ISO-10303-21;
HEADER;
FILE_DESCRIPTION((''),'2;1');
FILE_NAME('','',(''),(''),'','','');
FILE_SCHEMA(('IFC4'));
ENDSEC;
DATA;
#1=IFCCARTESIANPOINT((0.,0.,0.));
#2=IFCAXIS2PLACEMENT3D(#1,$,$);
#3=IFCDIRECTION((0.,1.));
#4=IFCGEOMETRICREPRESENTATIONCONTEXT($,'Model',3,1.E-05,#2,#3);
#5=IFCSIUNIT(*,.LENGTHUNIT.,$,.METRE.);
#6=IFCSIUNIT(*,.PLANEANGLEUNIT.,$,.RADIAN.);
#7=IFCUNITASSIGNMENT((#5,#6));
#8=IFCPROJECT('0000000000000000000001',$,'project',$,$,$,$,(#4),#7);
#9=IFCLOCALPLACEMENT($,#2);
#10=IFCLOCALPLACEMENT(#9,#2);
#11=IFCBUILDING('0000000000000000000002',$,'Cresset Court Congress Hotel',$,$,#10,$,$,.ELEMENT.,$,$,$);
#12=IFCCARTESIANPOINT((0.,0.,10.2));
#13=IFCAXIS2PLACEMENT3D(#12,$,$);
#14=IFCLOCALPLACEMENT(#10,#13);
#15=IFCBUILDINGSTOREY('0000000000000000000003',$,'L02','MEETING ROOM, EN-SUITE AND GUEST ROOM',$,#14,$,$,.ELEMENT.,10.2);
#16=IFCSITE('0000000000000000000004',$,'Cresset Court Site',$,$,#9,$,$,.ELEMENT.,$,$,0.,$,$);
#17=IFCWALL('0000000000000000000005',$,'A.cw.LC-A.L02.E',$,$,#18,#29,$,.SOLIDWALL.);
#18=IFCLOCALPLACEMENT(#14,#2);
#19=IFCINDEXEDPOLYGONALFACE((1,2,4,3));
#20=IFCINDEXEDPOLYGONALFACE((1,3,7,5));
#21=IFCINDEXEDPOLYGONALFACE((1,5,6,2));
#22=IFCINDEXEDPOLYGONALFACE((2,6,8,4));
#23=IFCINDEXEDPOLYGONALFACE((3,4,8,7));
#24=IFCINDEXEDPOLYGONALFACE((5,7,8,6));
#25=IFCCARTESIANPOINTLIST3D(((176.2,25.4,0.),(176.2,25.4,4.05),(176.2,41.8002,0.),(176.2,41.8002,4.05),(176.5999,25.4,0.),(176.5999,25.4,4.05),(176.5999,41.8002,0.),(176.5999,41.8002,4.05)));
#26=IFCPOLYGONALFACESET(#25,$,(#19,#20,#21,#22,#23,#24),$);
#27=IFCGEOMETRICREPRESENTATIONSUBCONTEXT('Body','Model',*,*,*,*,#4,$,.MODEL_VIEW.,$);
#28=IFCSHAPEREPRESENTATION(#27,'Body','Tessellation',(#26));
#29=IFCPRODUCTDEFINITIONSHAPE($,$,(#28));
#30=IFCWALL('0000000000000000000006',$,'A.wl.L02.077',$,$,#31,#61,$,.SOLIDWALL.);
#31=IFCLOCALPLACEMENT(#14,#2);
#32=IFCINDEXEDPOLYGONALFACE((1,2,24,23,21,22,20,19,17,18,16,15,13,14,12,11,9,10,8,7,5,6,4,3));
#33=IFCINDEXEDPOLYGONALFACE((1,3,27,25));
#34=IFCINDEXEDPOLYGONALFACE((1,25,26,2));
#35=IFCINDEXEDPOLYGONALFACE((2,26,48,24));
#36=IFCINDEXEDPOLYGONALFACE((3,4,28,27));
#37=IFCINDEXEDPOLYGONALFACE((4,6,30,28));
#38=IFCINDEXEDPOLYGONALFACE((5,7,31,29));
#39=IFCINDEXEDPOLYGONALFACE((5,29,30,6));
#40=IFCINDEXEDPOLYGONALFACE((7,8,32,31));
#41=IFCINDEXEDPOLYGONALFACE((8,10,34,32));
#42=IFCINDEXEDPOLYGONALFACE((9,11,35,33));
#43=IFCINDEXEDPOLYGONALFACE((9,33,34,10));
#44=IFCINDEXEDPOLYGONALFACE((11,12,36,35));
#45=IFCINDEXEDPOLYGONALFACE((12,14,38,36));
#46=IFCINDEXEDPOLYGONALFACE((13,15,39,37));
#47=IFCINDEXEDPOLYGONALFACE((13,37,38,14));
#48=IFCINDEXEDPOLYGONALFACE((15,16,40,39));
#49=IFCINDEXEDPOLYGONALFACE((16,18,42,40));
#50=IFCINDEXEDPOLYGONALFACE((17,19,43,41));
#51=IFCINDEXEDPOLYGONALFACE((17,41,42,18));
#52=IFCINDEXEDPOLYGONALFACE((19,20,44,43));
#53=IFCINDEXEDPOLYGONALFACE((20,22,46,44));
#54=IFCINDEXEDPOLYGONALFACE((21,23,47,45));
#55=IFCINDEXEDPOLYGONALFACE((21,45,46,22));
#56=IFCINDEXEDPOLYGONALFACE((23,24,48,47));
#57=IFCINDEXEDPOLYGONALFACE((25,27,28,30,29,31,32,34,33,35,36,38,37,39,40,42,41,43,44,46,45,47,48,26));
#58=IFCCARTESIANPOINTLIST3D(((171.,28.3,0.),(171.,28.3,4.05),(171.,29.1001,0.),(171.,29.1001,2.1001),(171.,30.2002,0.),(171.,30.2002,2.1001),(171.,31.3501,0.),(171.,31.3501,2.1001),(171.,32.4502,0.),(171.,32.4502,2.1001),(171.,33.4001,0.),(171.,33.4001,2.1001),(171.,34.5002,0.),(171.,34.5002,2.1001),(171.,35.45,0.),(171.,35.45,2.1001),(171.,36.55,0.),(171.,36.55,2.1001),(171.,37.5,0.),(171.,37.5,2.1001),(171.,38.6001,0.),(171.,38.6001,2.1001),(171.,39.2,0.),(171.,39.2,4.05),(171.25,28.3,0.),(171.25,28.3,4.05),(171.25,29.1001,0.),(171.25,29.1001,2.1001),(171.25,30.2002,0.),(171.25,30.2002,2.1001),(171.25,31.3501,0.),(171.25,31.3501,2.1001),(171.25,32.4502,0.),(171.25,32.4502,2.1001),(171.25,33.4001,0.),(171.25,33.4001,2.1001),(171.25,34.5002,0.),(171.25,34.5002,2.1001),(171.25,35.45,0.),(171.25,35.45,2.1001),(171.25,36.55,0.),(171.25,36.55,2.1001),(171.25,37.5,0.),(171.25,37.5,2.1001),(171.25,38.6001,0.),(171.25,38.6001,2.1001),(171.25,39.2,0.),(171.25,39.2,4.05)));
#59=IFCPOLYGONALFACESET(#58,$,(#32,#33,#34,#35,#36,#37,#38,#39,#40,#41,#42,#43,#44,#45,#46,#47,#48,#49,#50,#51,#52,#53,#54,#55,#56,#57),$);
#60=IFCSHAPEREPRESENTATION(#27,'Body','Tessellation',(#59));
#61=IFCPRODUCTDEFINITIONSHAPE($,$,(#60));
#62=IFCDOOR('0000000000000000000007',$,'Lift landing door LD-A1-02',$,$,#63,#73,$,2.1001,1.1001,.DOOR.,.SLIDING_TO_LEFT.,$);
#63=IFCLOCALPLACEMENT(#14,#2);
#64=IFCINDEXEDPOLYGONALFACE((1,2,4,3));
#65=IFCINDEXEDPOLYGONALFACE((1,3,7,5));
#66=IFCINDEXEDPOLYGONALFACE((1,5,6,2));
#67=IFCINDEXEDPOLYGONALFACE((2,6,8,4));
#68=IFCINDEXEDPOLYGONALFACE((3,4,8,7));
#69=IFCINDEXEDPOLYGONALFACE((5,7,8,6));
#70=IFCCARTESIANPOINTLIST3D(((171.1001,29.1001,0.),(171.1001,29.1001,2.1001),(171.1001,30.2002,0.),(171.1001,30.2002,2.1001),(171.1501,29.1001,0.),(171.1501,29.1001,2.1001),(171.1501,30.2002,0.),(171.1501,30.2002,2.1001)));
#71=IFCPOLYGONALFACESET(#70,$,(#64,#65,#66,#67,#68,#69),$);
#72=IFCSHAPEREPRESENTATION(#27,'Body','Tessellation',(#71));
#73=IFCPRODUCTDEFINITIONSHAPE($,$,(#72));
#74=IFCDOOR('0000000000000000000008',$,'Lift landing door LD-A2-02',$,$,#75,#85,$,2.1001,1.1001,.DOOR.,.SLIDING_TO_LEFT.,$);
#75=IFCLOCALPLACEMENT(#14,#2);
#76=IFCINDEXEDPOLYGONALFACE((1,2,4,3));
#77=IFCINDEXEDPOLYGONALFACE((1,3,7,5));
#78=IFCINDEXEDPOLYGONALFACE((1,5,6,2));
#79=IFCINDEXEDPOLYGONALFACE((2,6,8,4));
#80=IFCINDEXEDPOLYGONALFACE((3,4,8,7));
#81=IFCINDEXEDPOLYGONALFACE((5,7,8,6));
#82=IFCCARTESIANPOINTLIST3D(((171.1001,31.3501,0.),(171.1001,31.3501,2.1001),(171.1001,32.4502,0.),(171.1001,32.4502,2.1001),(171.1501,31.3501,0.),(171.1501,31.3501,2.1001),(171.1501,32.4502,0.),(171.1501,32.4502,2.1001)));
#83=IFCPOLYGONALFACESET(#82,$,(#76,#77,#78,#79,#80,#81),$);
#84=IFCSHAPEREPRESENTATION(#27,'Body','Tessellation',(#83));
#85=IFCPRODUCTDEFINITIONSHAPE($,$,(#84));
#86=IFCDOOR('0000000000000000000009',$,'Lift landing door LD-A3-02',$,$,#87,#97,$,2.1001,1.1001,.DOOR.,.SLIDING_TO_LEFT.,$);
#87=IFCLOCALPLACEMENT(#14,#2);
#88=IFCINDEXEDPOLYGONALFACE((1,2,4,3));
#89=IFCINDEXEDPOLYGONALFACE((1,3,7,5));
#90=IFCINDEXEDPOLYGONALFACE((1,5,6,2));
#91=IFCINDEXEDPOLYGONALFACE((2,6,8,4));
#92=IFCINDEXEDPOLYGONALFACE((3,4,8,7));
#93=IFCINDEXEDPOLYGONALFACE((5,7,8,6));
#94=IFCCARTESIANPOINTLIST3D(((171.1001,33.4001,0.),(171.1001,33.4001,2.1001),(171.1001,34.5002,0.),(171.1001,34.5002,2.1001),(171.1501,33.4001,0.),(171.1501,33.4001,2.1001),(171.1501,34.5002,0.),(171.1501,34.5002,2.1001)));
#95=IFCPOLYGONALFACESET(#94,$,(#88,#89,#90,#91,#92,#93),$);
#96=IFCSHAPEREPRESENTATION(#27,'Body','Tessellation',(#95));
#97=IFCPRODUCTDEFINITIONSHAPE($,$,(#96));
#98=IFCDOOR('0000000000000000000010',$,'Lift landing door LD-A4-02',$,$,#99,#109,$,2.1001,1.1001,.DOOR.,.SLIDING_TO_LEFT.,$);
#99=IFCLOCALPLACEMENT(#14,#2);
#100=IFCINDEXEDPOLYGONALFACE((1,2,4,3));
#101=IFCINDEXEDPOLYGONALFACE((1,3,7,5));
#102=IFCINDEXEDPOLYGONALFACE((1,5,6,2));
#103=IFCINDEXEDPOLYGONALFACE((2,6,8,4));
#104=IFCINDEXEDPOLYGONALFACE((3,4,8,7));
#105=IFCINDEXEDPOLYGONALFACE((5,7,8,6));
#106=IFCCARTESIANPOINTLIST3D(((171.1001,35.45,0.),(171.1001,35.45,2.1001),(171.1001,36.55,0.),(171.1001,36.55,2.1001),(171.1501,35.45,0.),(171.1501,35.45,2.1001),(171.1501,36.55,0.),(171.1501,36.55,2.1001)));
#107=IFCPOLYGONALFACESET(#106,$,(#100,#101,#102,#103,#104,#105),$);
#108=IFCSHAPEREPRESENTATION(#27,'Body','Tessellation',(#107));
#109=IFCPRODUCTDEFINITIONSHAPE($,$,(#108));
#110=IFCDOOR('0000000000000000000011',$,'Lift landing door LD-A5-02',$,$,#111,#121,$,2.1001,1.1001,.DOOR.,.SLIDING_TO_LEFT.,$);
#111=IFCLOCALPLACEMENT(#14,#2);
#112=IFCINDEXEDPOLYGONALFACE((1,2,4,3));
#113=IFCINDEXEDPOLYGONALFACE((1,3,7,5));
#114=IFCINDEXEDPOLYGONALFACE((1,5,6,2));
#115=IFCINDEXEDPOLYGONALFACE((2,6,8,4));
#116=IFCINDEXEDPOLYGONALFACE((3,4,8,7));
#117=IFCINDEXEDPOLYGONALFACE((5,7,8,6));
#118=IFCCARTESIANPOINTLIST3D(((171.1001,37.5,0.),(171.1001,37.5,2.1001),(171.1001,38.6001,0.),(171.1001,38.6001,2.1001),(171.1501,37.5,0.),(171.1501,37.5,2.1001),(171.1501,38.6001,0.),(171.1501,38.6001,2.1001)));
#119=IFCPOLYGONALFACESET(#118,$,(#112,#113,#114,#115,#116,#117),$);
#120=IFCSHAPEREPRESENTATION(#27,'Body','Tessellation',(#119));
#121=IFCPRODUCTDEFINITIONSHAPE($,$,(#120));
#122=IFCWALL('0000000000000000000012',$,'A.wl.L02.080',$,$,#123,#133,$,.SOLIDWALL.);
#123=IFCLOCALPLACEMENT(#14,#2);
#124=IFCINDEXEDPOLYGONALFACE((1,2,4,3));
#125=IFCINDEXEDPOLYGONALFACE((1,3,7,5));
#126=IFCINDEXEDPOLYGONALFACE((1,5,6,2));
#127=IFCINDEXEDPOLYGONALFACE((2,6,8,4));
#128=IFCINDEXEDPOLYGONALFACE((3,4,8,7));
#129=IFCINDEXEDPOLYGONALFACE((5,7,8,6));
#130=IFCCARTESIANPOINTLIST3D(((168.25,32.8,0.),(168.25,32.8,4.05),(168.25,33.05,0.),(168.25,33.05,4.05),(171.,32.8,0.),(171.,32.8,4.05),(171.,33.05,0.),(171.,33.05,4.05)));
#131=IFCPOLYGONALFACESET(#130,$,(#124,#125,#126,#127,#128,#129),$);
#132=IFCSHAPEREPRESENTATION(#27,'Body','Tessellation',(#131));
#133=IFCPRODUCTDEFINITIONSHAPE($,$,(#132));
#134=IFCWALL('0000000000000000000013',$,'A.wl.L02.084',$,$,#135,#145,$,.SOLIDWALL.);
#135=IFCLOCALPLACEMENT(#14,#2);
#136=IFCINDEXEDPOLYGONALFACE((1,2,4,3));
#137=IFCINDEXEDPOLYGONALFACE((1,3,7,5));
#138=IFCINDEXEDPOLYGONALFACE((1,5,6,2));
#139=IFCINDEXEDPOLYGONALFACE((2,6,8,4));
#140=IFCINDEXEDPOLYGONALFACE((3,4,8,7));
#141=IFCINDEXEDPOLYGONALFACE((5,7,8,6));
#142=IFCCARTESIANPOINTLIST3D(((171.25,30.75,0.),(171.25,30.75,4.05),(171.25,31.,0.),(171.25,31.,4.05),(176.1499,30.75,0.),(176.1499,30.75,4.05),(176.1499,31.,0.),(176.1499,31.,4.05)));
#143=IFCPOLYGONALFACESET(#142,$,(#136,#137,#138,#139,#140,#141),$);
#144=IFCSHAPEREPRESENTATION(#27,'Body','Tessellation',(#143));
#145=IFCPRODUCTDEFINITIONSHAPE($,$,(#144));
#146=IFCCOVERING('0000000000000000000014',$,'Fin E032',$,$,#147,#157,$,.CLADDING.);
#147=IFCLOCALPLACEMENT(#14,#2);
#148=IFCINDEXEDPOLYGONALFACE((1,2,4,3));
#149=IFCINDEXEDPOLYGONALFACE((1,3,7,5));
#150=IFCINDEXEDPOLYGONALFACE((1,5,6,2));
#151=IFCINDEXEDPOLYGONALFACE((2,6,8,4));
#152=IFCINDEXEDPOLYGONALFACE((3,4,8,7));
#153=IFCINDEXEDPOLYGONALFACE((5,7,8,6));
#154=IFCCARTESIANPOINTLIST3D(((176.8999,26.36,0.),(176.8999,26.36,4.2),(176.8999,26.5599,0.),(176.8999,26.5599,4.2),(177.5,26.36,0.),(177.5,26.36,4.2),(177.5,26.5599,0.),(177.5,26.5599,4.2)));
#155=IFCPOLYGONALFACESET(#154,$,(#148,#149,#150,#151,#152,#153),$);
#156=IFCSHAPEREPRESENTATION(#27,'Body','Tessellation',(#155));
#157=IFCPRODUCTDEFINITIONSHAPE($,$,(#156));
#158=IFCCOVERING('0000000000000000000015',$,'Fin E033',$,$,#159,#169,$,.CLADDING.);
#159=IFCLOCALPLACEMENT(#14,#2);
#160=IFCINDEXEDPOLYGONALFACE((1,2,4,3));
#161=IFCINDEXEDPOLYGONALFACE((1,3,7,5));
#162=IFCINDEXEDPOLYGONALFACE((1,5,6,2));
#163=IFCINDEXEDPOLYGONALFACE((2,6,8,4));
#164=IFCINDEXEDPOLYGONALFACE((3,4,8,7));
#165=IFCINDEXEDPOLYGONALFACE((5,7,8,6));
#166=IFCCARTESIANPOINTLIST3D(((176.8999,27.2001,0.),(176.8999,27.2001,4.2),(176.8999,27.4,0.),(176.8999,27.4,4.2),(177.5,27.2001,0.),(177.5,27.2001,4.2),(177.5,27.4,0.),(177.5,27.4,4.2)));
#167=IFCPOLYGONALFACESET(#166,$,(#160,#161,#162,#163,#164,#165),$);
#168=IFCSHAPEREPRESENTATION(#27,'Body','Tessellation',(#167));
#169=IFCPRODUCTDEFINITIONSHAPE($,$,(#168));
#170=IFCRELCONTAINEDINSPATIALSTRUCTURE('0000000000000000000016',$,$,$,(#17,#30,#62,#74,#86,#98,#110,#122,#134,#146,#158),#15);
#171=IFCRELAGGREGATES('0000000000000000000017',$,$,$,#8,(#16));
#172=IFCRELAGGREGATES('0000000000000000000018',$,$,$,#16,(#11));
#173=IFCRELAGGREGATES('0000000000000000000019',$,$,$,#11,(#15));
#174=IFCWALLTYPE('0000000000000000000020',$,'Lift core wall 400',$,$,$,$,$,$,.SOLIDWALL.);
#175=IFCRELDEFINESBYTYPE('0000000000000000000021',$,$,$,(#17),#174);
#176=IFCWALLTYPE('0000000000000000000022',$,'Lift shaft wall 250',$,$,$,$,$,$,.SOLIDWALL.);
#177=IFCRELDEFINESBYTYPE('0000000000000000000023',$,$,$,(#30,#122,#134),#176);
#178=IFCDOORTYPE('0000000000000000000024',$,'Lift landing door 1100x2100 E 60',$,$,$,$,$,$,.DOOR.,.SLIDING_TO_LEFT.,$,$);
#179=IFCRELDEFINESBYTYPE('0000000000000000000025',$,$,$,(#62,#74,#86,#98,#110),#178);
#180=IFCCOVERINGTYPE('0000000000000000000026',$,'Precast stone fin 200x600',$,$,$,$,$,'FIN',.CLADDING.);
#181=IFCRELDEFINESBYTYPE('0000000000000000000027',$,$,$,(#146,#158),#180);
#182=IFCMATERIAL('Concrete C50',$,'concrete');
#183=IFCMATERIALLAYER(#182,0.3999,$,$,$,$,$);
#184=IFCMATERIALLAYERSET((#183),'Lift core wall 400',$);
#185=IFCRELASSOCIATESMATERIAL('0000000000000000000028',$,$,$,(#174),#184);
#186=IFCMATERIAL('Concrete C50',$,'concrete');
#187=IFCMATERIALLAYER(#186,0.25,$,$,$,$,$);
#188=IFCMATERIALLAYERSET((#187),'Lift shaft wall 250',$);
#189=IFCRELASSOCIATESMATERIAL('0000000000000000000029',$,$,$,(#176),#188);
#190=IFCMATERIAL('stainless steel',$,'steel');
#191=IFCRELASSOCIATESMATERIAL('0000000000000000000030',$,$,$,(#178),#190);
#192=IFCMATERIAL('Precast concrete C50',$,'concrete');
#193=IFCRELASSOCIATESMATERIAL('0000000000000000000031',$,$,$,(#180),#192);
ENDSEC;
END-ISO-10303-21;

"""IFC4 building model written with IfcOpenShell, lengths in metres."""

from ifc_helpers import new_model, si_unit, direction, frame, frame_2d, origin, origin_2d, place, context, subcontext, project, spatial, rectangle, extrude, material, layer, layer_set, type_object, element, fill, save


model = new_model("IFC4")

# Units and contexts
model_context = context("Model", 3, precision=1e-05, world=origin(), true_north=direction((0.0, 1.0)))
body_context = subcontext(model_context, "Body", "Model", "MODEL_VIEW")
ifc_project = project(units=[si_unit("LENGTHUNIT", "METRE"), si_unit("PLANEANGLEUNIT", "RADIAN")], contexts=[model_context])

# Site, building, storey
site_placement = place(None, origin())
site = spatial("IfcSite", under=ifc_project, at=site_placement, Name="Cresset Court Site", CompositionType="ELEMENT", RefElevation=0.0)
building_placement = place(site_placement, origin())
building = spatial("IfcBuilding", under=site, at=building_placement, Name="Cresset Court Congress Hotel", CompositionType="ELEMENT")
storey_placement = place(building_placement, frame((0.0, 0.0, 10.2)))
storey = spatial("IfcBuildingStorey", under=building, at=storey_placement, Name="L02", Description="MEETING ROOM, EN-SUITE AND GUEST ROOM", CompositionType="ELEMENT", Elevation=10.2)

# Wall
ifc_material_1 = material(Name="Concrete C50", Category="concrete")
ifc_layer_1 = layer(ifc_material_1, 0.3999)
ifc_layer_set_1 = layer_set([ifc_layer_1], Name="Lift core wall 400")
wall_type_1 = type_object("IfcWallType", Name="Lift core wall 400", PredefinedType="SOLIDWALL", material=ifc_layer_set_1)
wall_1_placement = place(storey_placement, frame((176.3999, 25.3999, 0.0), z_axis=(0.0, 0.0, 1.0), x_axis=(0.0, 1.0, 0.0)))
element("IfcWall", 1, at=wall_1_placement, inside=storey, type_object=wall_type_1, Name="A.cw.LC-A.L02.E", PredefinedType="SOLIDWALL", context=body_context, shape_type="SweptSolid", body=[
    extrude(rectangle(XDim=16.4001, YDim=0.3999, at=frame_2d((8.2002, 0.0))), origin(), (0.0, 0.0, 1.0), 4.05),
])

# Wall, openings, doors
ifc_material_2 = material(Name="Concrete C50", Category="concrete")
ifc_layer_2 = layer(ifc_material_2, 0.25)
ifc_layer_set_2 = layer_set([ifc_layer_2], Name="Lift shaft wall 250")
wall_type_2 = type_object("IfcWallType", Name="Lift shaft wall 250", PredefinedType="SOLIDWALL", material=ifc_layer_set_2)
wall_2_placement = place(storey_placement, frame((171.125, 28.3, 0.0), z_axis=(0.0, 0.0, 1.0), x_axis=(0.0, 1.0, 0.0)))
wall_2 = element("IfcWall", 2, at=wall_2_placement, inside=storey, type_object=wall_type_2, Name="A.wl.L02.077", PredefinedType="SOLIDWALL", context=body_context, shape_type="SweptSolid", body=[
    extrude(rectangle(XDim=10.8999, YDim=0.25, at=frame_2d((5.45, 0.0))), origin(), (0.0, 0.0, 1.0), 4.05),
])
opening_1_placement = place(wall_2_placement, frame((0.8, 0.0, 0.0)))
opening_1 = element("IfcOpeningElement", 3, at=opening_1_placement, cuts=wall_2, PredefinedType="OPENING", context=body_context, shape_type="SweptSolid", body=[
    extrude(rectangle(XDim=1.1001, YDim=2.1001, at=frame_2d((0.55, 1.05))), frame((0.0, 0.135, 0.0), z_axis=(0.0, -1.0, 0.0), x_axis=(1.0, 0.0, 0.0)), (0.0, 0.0, 1.0), 0.27),
])
opening_2_placement = place(wall_2_placement, frame((3.05, 0.0, 0.0)))
opening_2 = element("IfcOpeningElement", 4, at=opening_2_placement, cuts=wall_2, PredefinedType="OPENING", context=body_context, shape_type="SweptSolid", body=[
    extrude(rectangle(XDim=1.1001, YDim=2.1001, at=frame_2d((0.55, 1.05))), frame((0.0, 0.135, 0.0), z_axis=(0.0, -1.0, 0.0), x_axis=(1.0, 0.0, 0.0)), (0.0, 0.0, 1.0), 0.27),
])
opening_3_placement = place(wall_2_placement, frame((5.1001, 0.0, 0.0)))
opening_3 = element("IfcOpeningElement", 5, at=opening_3_placement, cuts=wall_2, PredefinedType="OPENING", context=body_context, shape_type="SweptSolid", body=[
    extrude(rectangle(XDim=1.1001, YDim=2.1001, at=frame_2d((0.55, 1.05))), frame((0.0, 0.135, 0.0), z_axis=(0.0, -1.0, 0.0), x_axis=(1.0, 0.0, 0.0)), (0.0, 0.0, 1.0), 0.27),
])
opening_4_placement = place(wall_2_placement, frame((7.1499, 0.0, 0.0)))
opening_4 = element("IfcOpeningElement", 6, at=opening_4_placement, cuts=wall_2, PredefinedType="OPENING", context=body_context, shape_type="SweptSolid", body=[
    extrude(rectangle(XDim=1.1001, YDim=2.1001, at=frame_2d((0.55, 1.05))), frame((0.0, 0.135, 0.0), z_axis=(0.0, -1.0, 0.0), x_axis=(1.0, 0.0, 0.0)), (0.0, 0.0, 1.0), 0.27),
])
opening_5_placement = place(wall_2_placement, frame((9.2, 0.0, 0.0)))
opening_5 = element("IfcOpeningElement", 7, at=opening_5_placement, cuts=wall_2, PredefinedType="OPENING", context=body_context, shape_type="SweptSolid", body=[
    extrude(rectangle(XDim=1.1001, YDim=2.1001, at=frame_2d((0.55, 1.05))), frame((0.0, 0.135, 0.0), z_axis=(0.0, -1.0, 0.0), x_axis=(1.0, 0.0, 0.0)), (0.0, 0.0, 1.0), 0.27),
])
ifc_material_3 = material(Name="stainless steel", Category="steel")
door_type = type_object("IfcDoorType", Name="Lift landing door 1100x2100 E 60", OperationType="SLIDING_TO_LEFT", PredefinedType="DOOR", material=ifc_material_3)
door_1_placement = place(opening_1_placement, origin())
door_1 = element("IfcDoor", 8, at=door_1_placement, inside=storey, type_object=door_type, Name="Lift landing door LD-A1-02", OperationType="SLIDING_TO_LEFT", OverallHeight=2.1001, OverallWidth=1.1001, PredefinedType="DOOR", context=body_context, shape_type="SweptSolid", body=[
    extrude(rectangle(XDim=1.1001, YDim=2.1001, at=frame_2d((0.55, 1.05))), frame((0.0, 0.0249, 0.0), z_axis=(0.0, -1.0, 0.0), x_axis=(1.0, 0.0, 0.0)), (0.0, 0.0, 1.0), 0.05),
])
fill(opening_1, door_1)
door_2_placement = place(opening_2_placement, origin())
door_2 = element("IfcDoor", 9, at=door_2_placement, inside=storey, type_object=door_type, Name="Lift landing door LD-A2-02", OperationType="SLIDING_TO_LEFT", OverallHeight=2.1001, OverallWidth=1.1001, PredefinedType="DOOR", context=body_context, shape_type="SweptSolid", body=[
    extrude(rectangle(XDim=1.1001, YDim=2.1001, at=frame_2d((0.55, 1.05))), frame((0.0, 0.0249, 0.0), z_axis=(0.0, -1.0, 0.0), x_axis=(1.0, 0.0, 0.0)), (0.0, 0.0, 1.0), 0.05),
])
fill(opening_2, door_2)
door_3_placement = place(opening_3_placement, origin())
door_3 = element("IfcDoor", 10, at=door_3_placement, inside=storey, type_object=door_type, Name="Lift landing door LD-A3-02", OperationType="SLIDING_TO_LEFT", OverallHeight=2.1001, OverallWidth=1.1001, PredefinedType="DOOR", context=body_context, shape_type="SweptSolid", body=[
    extrude(rectangle(XDim=1.1001, YDim=2.1001, at=frame_2d((0.55, 1.05))), frame((0.0, 0.0249, 0.0), z_axis=(0.0, -1.0, 0.0), x_axis=(1.0, 0.0, 0.0)), (0.0, 0.0, 1.0), 0.05),
])
fill(opening_3, door_3)
door_4_placement = place(opening_4_placement, origin())
door_4 = element("IfcDoor", 11, at=door_4_placement, inside=storey, type_object=door_type, Name="Lift landing door LD-A4-02", OperationType="SLIDING_TO_LEFT", OverallHeight=2.1001, OverallWidth=1.1001, PredefinedType="DOOR", context=body_context, shape_type="SweptSolid", body=[
    extrude(rectangle(XDim=1.1001, YDim=2.1001, at=frame_2d((0.55, 1.05))), frame((0.0, 0.0249, 0.0), z_axis=(0.0, -1.0, 0.0), x_axis=(1.0, 0.0, 0.0)), (0.0, 0.0, 1.0), 0.05),
])
fill(opening_4, door_4)
door_5_placement = place(opening_5_placement, origin())
door_5 = element("IfcDoor", 12, at=door_5_placement, inside=storey, type_object=door_type, Name="Lift landing door LD-A5-02", OperationType="SLIDING_TO_LEFT", OverallHeight=2.1001, OverallWidth=1.1001, PredefinedType="DOOR", context=body_context, shape_type="SweptSolid", body=[
    extrude(rectangle(XDim=1.1001, YDim=2.1001, at=frame_2d((0.55, 1.05))), frame((0.0, 0.0249, 0.0), z_axis=(0.0, -1.0, 0.0), x_axis=(1.0, 0.0, 0.0)), (0.0, 0.0, 1.0), 0.05),
])
fill(opening_5, door_5)

# Walls
wall_3_placement = place(storey_placement, frame((168.25, 32.925, 0.0), z_axis=(0.0, 0.0, 1.0), x_axis=(1.0, 0.0, 0.0)))
element("IfcWall", 13, at=wall_3_placement, inside=storey, type_object=wall_type_2, Name="A.wl.L02.080", PredefinedType="SOLIDWALL", context=body_context, shape_type="SweptSolid", body=[
    extrude(rectangle(XDim=2.75, YDim=0.25, at=frame_2d((1.375, 0.0))), origin(), (0.0, 0.0, 1.0), 4.05),
])
wall_4_placement = place(storey_placement, frame((171.25, 30.875, 0.0), z_axis=(0.0, 0.0, 1.0), x_axis=(1.0, 0.0, 0.0)))
element("IfcWall", 14, at=wall_4_placement, inside=storey, type_object=wall_type_2, Name="A.wl.L02.084", PredefinedType="SOLIDWALL", context=body_context, shape_type="SweptSolid", body=[
    extrude(rectangle(XDim=4.8999, YDim=0.25, at=frame_2d((2.45, 0.0))), origin(), (0.0, 0.0, 1.0), 4.05),
])

# Coverings
ifc_material_4 = material(Name="Precast concrete C50", Category="concrete")
covering_type_1 = type_object("IfcCoveringType", Name="Precast stone fin 200x600", ElementType="FIN", PredefinedType="CLADDING", material=ifc_material_4)
for number, where, z_axis, x_axis, name in (
    (15, (177.2, 26.46, 0.0), (0.0, 0.0, 1.0), (1.0, 0.0, 0.0), "Fin E032"),
    (16, (177.2, 27.3, 0.0), (0.0, 0.0, 1.0), (1.0, 0.0, 0.0), "Fin E033"),
):
    element("IfcCovering", number, at=place(storey_placement, frame(where, z_axis=z_axis, x_axis=x_axis)), inside=storey, type_object=covering_type_1, Name=name, PredefinedType="CLADDING", context=body_context, shape_type="SweptSolid", body=[
        extrude(rectangle(XDim=0.6001, YDim=0.2, at=origin_2d()), origin(), (0.0, 0.0, 1.0), 4.2),
    ])

save(model, "model.ifc")
